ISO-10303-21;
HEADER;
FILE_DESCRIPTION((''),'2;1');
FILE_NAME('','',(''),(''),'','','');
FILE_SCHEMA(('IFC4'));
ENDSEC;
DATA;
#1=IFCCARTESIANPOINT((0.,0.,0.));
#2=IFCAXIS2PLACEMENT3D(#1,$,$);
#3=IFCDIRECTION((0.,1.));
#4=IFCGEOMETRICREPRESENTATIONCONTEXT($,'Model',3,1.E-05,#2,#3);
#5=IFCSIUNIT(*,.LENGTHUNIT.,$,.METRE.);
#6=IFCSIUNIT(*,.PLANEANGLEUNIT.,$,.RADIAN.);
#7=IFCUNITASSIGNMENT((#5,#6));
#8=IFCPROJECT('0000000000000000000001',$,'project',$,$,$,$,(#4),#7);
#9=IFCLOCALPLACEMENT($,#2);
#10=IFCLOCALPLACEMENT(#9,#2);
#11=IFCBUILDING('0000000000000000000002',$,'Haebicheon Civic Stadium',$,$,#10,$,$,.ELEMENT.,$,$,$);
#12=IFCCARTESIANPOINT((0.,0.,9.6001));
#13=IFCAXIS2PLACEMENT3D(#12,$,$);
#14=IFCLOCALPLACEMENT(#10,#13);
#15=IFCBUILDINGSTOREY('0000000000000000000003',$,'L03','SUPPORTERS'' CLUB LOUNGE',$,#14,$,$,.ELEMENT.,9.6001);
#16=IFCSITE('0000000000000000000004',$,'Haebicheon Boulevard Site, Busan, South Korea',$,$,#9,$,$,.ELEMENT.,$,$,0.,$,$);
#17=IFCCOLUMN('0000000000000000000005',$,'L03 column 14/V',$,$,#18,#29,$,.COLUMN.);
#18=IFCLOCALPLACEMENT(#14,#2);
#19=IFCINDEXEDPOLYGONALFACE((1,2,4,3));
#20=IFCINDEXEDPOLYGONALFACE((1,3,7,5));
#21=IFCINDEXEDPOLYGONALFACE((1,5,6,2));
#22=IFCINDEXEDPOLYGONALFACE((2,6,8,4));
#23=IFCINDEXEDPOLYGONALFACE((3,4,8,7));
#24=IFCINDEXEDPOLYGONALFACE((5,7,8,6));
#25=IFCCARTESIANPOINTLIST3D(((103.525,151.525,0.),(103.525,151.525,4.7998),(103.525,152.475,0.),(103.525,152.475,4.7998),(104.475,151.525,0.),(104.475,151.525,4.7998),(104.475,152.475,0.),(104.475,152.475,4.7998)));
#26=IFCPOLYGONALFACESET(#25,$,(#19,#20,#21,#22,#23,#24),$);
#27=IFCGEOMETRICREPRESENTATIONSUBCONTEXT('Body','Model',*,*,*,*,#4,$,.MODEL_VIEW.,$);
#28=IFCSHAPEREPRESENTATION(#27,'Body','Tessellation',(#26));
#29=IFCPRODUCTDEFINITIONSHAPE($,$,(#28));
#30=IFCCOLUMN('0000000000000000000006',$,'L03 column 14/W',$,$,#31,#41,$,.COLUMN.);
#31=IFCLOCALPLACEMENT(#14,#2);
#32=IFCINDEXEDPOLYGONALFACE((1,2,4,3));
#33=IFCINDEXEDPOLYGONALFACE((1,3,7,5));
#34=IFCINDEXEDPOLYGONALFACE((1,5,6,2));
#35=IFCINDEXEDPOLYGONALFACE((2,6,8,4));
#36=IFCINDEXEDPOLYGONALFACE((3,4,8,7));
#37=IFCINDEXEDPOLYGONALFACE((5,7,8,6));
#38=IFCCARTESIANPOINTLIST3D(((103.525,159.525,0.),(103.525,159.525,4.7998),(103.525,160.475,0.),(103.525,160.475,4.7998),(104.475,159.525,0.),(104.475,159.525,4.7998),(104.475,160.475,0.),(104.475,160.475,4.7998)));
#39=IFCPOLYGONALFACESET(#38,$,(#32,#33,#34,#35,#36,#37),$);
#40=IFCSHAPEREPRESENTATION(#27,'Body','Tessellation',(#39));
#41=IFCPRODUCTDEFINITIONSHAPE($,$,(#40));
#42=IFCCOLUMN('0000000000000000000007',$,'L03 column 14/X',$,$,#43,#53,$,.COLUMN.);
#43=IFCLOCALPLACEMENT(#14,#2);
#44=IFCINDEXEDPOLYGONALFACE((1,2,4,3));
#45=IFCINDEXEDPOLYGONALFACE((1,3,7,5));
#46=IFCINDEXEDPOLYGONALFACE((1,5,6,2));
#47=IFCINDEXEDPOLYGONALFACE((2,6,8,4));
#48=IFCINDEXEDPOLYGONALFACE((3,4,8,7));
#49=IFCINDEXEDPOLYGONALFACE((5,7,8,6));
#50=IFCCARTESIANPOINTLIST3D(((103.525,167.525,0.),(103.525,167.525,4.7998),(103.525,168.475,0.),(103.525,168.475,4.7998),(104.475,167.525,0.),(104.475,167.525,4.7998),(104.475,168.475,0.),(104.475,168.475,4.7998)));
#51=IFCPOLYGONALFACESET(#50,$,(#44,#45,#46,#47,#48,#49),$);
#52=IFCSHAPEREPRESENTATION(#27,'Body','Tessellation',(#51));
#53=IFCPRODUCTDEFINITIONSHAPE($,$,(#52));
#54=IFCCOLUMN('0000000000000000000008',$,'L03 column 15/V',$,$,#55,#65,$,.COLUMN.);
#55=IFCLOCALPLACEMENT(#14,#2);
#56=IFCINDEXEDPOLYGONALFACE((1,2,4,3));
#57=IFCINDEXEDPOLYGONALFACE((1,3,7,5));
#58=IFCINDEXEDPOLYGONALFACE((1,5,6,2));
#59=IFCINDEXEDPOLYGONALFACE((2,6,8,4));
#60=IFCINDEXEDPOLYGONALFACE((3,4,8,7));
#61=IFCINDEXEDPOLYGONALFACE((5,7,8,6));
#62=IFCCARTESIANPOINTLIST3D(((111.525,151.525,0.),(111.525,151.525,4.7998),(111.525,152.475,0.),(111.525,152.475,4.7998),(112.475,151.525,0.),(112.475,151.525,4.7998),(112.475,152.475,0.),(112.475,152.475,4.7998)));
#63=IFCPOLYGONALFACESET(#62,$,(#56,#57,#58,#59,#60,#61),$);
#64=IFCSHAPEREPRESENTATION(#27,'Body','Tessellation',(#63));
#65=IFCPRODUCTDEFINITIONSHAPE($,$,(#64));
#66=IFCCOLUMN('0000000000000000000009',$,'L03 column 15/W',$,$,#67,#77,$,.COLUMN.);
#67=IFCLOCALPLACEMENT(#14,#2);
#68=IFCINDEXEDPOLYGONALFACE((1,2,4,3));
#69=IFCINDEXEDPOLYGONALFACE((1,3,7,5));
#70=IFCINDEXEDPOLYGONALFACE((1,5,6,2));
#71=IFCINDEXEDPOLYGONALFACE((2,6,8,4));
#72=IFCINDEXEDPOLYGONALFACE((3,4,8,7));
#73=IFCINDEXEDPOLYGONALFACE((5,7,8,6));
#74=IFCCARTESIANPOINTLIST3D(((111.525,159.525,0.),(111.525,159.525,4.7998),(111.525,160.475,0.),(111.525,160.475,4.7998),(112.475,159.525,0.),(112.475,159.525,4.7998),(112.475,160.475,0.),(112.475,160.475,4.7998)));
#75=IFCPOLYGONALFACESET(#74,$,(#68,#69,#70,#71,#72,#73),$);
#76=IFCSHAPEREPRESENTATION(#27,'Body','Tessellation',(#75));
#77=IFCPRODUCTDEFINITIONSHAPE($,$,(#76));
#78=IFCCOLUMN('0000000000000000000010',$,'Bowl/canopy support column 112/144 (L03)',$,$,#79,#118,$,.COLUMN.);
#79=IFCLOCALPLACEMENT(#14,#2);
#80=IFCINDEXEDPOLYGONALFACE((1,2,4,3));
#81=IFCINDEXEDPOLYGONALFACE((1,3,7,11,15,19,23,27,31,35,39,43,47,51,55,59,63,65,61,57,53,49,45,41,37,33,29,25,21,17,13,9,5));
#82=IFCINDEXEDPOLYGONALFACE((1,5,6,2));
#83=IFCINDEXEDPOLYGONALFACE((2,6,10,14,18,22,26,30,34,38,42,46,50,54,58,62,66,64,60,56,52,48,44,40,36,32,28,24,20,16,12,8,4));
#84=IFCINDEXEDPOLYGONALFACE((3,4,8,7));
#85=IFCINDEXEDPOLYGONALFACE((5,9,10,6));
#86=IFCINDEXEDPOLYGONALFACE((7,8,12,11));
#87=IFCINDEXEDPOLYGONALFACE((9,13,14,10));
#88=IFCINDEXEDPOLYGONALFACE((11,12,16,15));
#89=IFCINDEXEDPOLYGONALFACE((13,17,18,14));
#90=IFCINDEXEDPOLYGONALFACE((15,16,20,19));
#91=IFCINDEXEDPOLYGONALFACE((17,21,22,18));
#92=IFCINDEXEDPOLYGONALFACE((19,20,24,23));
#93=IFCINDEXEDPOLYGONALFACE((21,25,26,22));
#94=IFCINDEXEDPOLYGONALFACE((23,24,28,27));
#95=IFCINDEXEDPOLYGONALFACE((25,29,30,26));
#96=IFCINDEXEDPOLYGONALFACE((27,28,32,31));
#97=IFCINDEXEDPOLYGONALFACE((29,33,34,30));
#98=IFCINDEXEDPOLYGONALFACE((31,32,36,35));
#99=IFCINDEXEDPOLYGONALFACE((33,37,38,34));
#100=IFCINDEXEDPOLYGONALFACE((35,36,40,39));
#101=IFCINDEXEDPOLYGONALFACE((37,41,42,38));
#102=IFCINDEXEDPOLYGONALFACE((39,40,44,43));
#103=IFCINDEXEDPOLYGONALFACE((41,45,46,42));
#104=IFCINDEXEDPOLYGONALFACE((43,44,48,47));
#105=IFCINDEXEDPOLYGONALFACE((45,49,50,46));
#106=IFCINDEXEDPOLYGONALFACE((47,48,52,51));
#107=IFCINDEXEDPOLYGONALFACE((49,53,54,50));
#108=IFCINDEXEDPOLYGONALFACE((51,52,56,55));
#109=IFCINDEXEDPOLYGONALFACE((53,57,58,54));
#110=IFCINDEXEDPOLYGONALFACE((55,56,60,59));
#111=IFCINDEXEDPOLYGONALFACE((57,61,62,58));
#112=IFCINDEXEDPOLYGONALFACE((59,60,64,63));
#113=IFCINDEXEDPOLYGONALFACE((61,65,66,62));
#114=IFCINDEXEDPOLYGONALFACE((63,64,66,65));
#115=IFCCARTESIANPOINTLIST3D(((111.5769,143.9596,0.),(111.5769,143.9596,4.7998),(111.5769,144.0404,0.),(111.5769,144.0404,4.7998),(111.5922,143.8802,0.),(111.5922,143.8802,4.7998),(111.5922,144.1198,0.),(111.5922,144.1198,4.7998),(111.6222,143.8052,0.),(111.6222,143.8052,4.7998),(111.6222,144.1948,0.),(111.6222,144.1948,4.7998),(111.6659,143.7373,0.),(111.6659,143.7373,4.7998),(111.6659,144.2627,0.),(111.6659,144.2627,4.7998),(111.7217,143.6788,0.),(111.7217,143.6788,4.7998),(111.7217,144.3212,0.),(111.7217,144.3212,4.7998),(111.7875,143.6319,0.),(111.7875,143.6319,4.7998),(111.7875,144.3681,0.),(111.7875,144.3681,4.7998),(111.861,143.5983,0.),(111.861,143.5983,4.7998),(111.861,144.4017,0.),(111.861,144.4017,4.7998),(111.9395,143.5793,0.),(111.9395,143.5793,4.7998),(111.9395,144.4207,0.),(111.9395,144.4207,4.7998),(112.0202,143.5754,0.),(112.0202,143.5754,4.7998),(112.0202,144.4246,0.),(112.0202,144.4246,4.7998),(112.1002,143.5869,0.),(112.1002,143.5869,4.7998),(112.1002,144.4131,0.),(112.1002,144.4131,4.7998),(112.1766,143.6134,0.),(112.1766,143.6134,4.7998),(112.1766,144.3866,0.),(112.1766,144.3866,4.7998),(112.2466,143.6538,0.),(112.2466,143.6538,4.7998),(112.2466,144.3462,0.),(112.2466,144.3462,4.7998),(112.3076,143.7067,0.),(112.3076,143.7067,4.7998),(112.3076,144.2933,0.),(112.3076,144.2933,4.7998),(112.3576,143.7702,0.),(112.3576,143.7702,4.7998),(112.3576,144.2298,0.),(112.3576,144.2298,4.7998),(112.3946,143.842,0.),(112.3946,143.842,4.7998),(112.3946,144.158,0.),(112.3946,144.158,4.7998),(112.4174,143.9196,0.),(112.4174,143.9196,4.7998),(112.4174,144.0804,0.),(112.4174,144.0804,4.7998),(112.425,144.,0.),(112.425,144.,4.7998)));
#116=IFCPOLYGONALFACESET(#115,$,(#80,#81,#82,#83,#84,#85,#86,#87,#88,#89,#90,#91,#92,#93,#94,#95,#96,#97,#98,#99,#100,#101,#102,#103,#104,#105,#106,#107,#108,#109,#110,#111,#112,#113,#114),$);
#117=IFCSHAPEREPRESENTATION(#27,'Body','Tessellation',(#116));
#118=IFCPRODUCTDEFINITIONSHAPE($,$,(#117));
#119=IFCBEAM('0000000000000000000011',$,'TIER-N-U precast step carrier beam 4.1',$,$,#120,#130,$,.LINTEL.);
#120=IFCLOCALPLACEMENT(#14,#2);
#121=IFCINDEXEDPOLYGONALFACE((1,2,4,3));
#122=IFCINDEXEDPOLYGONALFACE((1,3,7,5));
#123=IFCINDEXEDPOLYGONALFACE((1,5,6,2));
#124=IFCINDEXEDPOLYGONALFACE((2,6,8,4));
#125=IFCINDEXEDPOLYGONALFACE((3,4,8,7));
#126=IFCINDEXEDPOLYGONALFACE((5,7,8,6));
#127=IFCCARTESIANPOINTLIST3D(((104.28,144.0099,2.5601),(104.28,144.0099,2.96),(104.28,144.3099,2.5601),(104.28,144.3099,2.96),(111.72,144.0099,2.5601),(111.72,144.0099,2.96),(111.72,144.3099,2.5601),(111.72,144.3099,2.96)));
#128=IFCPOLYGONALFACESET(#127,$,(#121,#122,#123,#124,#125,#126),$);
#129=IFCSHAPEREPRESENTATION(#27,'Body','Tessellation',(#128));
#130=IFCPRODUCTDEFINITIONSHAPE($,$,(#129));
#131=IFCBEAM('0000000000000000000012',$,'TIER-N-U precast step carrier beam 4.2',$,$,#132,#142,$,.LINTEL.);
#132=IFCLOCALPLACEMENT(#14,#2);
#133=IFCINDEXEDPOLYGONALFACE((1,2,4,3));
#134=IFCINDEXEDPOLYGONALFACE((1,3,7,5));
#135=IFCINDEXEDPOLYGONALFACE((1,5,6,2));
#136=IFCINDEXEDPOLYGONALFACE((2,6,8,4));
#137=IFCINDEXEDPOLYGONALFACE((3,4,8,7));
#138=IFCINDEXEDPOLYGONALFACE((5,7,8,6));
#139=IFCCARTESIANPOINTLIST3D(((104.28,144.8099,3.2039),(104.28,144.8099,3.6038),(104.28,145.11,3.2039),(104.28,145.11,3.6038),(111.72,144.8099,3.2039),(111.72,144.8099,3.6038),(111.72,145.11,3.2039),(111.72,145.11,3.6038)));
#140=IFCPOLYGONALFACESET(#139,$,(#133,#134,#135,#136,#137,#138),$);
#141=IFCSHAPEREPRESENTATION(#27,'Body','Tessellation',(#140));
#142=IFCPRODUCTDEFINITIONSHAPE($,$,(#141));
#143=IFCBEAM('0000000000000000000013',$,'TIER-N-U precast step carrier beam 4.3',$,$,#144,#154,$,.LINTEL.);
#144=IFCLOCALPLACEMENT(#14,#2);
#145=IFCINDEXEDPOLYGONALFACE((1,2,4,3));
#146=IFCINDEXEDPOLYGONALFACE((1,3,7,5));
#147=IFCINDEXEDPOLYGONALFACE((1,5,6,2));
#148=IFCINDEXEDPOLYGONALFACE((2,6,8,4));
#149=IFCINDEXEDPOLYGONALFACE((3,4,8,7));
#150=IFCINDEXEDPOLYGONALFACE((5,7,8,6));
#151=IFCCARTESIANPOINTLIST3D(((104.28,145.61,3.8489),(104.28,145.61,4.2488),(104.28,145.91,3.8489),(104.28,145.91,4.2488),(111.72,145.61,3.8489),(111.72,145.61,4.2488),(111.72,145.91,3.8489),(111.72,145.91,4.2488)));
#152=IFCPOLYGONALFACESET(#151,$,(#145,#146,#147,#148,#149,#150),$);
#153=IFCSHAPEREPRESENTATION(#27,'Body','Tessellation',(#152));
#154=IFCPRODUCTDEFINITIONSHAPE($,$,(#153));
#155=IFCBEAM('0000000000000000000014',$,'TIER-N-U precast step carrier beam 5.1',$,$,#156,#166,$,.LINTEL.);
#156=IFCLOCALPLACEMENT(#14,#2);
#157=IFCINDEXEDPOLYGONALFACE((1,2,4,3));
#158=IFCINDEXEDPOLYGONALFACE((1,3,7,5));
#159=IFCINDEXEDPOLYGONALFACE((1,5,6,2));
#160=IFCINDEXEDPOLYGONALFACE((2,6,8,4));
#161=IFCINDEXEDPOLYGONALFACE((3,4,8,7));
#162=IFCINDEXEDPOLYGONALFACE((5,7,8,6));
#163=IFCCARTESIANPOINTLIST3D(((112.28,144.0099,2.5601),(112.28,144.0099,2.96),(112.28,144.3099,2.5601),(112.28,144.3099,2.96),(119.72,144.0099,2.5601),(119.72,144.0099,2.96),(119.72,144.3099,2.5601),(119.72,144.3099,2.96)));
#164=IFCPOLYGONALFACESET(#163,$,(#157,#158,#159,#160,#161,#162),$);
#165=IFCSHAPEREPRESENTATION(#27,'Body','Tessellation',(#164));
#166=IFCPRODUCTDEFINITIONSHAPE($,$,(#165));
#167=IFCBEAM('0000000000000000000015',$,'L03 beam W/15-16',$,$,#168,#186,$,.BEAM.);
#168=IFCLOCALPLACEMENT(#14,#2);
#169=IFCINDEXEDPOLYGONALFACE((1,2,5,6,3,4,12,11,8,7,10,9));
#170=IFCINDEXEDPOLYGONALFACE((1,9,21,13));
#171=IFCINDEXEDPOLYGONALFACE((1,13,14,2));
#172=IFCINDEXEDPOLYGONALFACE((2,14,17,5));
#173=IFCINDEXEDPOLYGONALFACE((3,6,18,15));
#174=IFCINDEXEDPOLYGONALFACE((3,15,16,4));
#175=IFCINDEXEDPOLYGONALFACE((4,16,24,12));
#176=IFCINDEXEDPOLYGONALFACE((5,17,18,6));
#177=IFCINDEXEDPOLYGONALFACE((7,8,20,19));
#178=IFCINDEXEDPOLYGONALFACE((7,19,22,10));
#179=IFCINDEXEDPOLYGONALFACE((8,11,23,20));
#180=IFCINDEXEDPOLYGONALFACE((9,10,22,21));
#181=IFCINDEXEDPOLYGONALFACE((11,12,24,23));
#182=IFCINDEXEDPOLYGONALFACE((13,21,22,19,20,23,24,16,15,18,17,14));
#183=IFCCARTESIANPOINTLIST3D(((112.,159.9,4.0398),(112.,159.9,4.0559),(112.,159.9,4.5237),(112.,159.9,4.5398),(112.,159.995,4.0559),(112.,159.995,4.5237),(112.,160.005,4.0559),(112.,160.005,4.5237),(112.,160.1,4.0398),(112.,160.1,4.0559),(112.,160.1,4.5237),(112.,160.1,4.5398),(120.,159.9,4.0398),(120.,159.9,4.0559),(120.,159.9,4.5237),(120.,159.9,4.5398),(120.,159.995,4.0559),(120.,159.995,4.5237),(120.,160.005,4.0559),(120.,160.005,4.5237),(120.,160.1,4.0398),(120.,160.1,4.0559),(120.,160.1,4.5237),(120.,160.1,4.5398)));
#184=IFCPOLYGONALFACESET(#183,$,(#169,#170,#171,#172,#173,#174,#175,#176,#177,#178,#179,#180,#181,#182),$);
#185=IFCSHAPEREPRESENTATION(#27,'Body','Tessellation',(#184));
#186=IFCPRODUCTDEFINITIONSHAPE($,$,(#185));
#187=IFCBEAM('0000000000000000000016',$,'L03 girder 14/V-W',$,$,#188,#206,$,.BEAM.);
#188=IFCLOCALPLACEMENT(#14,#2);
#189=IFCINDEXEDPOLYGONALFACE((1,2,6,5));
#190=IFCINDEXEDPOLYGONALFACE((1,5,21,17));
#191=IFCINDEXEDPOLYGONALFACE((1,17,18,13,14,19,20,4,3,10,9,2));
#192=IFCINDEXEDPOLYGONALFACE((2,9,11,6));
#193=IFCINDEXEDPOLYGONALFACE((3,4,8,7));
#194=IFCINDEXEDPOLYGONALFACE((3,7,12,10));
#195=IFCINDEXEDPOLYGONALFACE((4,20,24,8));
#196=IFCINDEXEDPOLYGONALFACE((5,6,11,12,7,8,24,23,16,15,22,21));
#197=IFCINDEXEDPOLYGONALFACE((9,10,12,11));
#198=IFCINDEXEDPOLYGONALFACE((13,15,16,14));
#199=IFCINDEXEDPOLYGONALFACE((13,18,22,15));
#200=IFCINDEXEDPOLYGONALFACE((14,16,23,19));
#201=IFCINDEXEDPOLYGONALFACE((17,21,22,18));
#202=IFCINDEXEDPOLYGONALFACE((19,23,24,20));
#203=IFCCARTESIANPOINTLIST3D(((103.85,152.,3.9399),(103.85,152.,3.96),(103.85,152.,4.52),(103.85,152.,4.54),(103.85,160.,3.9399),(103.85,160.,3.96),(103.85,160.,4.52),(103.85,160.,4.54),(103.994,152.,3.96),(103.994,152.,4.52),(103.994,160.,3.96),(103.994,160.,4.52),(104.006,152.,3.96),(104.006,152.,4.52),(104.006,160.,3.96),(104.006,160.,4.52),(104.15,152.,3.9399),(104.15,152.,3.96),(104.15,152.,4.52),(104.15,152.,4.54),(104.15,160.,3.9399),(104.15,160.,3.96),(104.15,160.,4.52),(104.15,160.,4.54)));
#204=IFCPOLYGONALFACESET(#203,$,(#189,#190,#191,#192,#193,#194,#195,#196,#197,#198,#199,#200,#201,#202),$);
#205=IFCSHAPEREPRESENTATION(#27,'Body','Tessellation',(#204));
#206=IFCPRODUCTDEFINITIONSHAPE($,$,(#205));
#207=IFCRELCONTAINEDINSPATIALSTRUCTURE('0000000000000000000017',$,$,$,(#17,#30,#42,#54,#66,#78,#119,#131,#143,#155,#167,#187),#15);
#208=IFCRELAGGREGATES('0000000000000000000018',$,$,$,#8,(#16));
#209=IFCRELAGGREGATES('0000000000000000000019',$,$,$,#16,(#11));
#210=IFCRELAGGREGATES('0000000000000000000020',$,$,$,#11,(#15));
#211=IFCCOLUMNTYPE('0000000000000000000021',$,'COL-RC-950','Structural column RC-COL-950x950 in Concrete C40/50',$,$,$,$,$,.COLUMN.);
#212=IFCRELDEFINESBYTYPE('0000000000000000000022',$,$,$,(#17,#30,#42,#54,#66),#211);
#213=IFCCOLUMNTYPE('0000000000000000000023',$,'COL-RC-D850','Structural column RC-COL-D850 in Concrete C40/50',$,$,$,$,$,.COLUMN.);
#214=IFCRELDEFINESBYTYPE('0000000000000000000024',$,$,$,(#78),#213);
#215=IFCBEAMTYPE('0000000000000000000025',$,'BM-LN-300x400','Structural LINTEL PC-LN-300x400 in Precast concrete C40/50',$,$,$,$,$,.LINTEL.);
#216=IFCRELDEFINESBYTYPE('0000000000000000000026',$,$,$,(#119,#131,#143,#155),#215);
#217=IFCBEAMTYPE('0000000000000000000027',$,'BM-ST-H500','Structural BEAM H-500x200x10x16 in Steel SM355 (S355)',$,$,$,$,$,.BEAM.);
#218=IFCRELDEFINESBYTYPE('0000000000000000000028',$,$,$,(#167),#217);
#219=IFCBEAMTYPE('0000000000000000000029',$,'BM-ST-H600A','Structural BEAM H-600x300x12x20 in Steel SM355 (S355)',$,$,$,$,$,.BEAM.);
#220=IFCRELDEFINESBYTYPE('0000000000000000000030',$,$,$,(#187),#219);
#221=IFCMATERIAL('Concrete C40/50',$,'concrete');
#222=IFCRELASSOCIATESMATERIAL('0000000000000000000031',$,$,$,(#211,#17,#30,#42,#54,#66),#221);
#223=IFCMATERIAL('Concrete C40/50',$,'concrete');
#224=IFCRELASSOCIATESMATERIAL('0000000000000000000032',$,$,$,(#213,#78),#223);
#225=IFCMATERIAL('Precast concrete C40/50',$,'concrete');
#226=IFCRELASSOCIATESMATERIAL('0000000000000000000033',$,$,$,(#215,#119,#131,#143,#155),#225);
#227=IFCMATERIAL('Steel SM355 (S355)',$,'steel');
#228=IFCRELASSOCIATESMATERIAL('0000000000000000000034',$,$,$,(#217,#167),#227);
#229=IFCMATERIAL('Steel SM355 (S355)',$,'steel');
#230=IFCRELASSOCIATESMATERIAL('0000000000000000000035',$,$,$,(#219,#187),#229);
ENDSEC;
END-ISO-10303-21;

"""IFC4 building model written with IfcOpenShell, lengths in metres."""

from ifc_helpers import new_model, si_unit, direction, frame, origin, origin_2d, place, context, subcontext, project, spatial, rectangle, circle, i_section, extrude, material, material_profile, profile_set, type_object, element, save


model = new_model("IFC4")

# Units and contexts
model_context = context("Model", 3, precision=1e-05, world=origin(), true_north=direction((0.0, 1.0)))
body_context = subcontext(model_context, "Body", "Model", "MODEL_VIEW")
ifc_project = project(units=[si_unit("LENGTHUNIT", "METRE"), si_unit("PLANEANGLEUNIT", "RADIAN")], contexts=[model_context])

# Site, building, storey
site_placement = place(None, origin())
site = spatial("IfcSite", under=ifc_project, at=site_placement, Name="Haebicheon Boulevard Site, Busan, South Korea", CompositionType="ELEMENT", RefElevation=0.0)
building_placement = place(site_placement, origin())
building = spatial("IfcBuilding", under=site, at=building_placement, Name="Haebicheon Civic Stadium", CompositionType="ELEMENT")
storey_placement = place(building_placement, frame((0.0, 0.0, 9.6001)))
storey = spatial("IfcBuildingStorey", under=building, at=storey_placement, Name="L03", Description="SUPPORTERS' CLUB LOUNGE", CompositionType="ELEMENT", Elevation=9.6001)

# Columns
ifc_material_1 = material(Name="Concrete C40/50", Category="concrete")
ifc_material_profile_1 = material_profile(ifc_material_1, rectangle(XDim=0.95, YDim=0.95, at=origin_2d()), Name="RC-COL-950x950")
ifc_profile_set_1 = profile_set([ifc_material_profile_1], Name="Concrete C40/50")
column_type_1 = type_object("IfcColumnType", Name="COL-RC-950", Description="Structural column RC-COL-950x950 in Concrete C40/50", PredefinedType="COLUMN", material=ifc_profile_set_1)
for number, where, z_axis, x_axis, name in (
    (1, (104.0, 152.0, 0.0), (0.0, 0.0, 1.0), (1.0, 0.0, 0.0), "L03 column 14/V"),
    (2, (104.0, 160.0, 0.0), (0.0, 0.0, 1.0), (1.0, 0.0, 0.0), "L03 column 14/W"),
    (3, (104.0, 168.0, 0.0), (0.0, 0.0, 1.0), (1.0, 0.0, 0.0), "L03 column 14/X"),
    (4, (112.0, 152.0, 0.0), (0.0, 0.0, 1.0), (1.0, 0.0, 0.0), "L03 column 15/V"),
    (5, (112.0, 160.0, 0.0), (0.0, 0.0, 1.0), (1.0, 0.0, 0.0), "L03 column 15/W"),
):
    element("IfcColumn", number, at=place(storey_placement, frame(where, z_axis=z_axis, x_axis=x_axis)), inside=storey, type_object=column_type_1, material=ifc_profile_set_1, Name=name, PredefinedType="COLUMN", context=body_context, shape_type="SweptSolid", body=[
        extrude(rectangle(XDim=0.95, YDim=0.95, at=origin_2d()), origin(), (0.0, 0.0, 1.0), 4.7998),
    ])
ifc_material_2 = material(Name="Concrete C40/50", Category="concrete")
ifc_material_profile_2 = material_profile(ifc_material_2, circle(Radius=0.425, at=origin_2d()), Name="RC-COL-D850")
ifc_profile_set_2 = profile_set([ifc_material_profile_2], Name="Concrete C40/50")
column_type_2 = type_object("IfcColumnType", Name="COL-RC-D850", Description="Structural column RC-COL-D850 in Concrete C40/50", PredefinedType="COLUMN", material=ifc_profile_set_2)
column_placement = place(storey_placement, frame((112.0, 144.0, 0.0), z_axis=(0.0, 0.0, 1.0), x_axis=(1.0, 0.0, 0.0)))
element("IfcColumn", 6, at=column_placement, inside=storey, type_object=column_type_2, material=ifc_profile_set_2, Name="Bowl/canopy support column 112/144 (L03)", PredefinedType="COLUMN", context=body_context, shape_type="SweptSolid", body=[
    extrude(circle(Radius=0.425, at=origin_2d()), origin(), (0.0, 0.0, 1.0), 4.7998),
])

# Beams
ifc_material_3 = material(Name="Precast concrete C40/50", Category="concrete")
ifc_material_profile_3 = material_profile(ifc_material_3, rectangle(XDim=0.3, YDim=0.3999, at=origin_2d()), Name="PC-LN-300x400")
ifc_profile_set_3 = profile_set([ifc_material_profile_3], Name="Precast concrete C40/50")
beam_type_1 = type_object("IfcBeamType", Name="BM-LN-300x400", Description="Structural LINTEL PC-LN-300x400 in Precast concrete C40/50", PredefinedType="LINTEL", material=ifc_profile_set_3)
for number, where, z_axis, x_axis, name in (
    (7, (104.28, 144.1599, 2.76), (1.0, 0.0, 0.0), (0.0, 1.0, 0.0), "TIER-N-U precast step carrier beam 4.1"),
    (8, (104.28, 144.96, 3.4038), (1.0, 0.0, 0.0), (0.0, 1.0, 0.0), "TIER-N-U precast step carrier beam 4.2"),
    (9, (104.28, 145.76, 4.0488), (1.0, 0.0, 0.0), (0.0, 1.0, 0.0), "TIER-N-U precast step carrier beam 4.3"),
    (10, (112.28, 144.1599, 2.76), (1.0, 0.0, 0.0), (0.0, 1.0, 0.0), "TIER-N-U precast step carrier beam 5.1"),
):
    element("IfcBeam", number, at=place(storey_placement, frame(where, z_axis=z_axis, x_axis=x_axis)), inside=storey, type_object=beam_type_1, material=ifc_profile_set_3, Name=name, PredefinedType="LINTEL", context=body_context, shape_type="SweptSolid", body=[
        extrude(rectangle(XDim=0.3, YDim=0.3999, at=origin_2d()), origin(), (0.0, 0.0, 1.0), 7.4399),
    ])
ifc_material_4 = material(Name="Steel SM355 (S355)", Category="steel")
ifc_material_profile_4 = material_profile(ifc_material_4, i_section(OverallWidth=0.2, OverallDepth=0.5, WebThickness=0.01, FlangeThickness=0.0161, at=origin_2d()), Name="H-500x200x10x16")
ifc_profile_set_4 = profile_set([ifc_material_profile_4], Name="Steel SM355 (S355)")
beam_type_2 = type_object("IfcBeamType", Name="BM-ST-H500", Description="Structural BEAM H-500x200x10x16 in Steel SM355 (S355)", PredefinedType="BEAM", material=ifc_profile_set_4)
beam_placement = place(storey_placement, frame((112.0, 160.0, 4.2898), z_axis=(1.0, 0.0, 0.0), x_axis=(0.0, 1.0, 0.0)))
element("IfcBeam", 11, at=beam_placement, inside=storey, type_object=beam_type_2, material=ifc_profile_set_4, Name="L03 beam W/15-16", PredefinedType="BEAM", context=body_context, shape_type="SweptSolid", body=[
    extrude(i_section(OverallWidth=0.2, OverallDepth=0.5, WebThickness=0.01, FlangeThickness=0.0161, at=origin_2d()), origin(), (0.0, 0.0, 1.0), 8.0),
])
ifc_material_5 = material(Name="Steel SM355 (S355)", Category="steel")
ifc_material_profile_5 = material_profile(ifc_material_5, i_section(OverallWidth=0.3, OverallDepth=0.6001, WebThickness=0.012, FlangeThickness=0.02, at=origin_2d()), Name="H-600x300x12x20")
ifc_profile_set_5 = profile_set([ifc_material_profile_5], Name="Steel SM355 (S355)")
beam_type_3 = type_object("IfcBeamType", Name="BM-ST-H600A", Description="Structural BEAM H-600x300x12x20 in Steel SM355 (S355)", PredefinedType="BEAM", material=ifc_profile_set_5)
for number, where, z_axis, x_axis, name in (
    (12, (104.0, 152.0, 4.24), (0.0, 1.0, 0.0), (-1.0, 0.0, 0.0), "L03 girder 14/V-W"),
):
    element("IfcBeam", number, at=place(storey_placement, frame(where, z_axis=z_axis, x_axis=x_axis)), inside=storey, type_object=beam_type_3, material=ifc_profile_set_5, Name=name, PredefinedType="BEAM", context=body_context, shape_type="SweptSolid", body=[
        extrude(i_section(OverallWidth=0.3, OverallDepth=0.6001, WebThickness=0.012, FlangeThickness=0.02, at=origin_2d()), origin(), (0.0, 0.0, 1.0), 8.0),
    ])

save(model, "model.ifc")
